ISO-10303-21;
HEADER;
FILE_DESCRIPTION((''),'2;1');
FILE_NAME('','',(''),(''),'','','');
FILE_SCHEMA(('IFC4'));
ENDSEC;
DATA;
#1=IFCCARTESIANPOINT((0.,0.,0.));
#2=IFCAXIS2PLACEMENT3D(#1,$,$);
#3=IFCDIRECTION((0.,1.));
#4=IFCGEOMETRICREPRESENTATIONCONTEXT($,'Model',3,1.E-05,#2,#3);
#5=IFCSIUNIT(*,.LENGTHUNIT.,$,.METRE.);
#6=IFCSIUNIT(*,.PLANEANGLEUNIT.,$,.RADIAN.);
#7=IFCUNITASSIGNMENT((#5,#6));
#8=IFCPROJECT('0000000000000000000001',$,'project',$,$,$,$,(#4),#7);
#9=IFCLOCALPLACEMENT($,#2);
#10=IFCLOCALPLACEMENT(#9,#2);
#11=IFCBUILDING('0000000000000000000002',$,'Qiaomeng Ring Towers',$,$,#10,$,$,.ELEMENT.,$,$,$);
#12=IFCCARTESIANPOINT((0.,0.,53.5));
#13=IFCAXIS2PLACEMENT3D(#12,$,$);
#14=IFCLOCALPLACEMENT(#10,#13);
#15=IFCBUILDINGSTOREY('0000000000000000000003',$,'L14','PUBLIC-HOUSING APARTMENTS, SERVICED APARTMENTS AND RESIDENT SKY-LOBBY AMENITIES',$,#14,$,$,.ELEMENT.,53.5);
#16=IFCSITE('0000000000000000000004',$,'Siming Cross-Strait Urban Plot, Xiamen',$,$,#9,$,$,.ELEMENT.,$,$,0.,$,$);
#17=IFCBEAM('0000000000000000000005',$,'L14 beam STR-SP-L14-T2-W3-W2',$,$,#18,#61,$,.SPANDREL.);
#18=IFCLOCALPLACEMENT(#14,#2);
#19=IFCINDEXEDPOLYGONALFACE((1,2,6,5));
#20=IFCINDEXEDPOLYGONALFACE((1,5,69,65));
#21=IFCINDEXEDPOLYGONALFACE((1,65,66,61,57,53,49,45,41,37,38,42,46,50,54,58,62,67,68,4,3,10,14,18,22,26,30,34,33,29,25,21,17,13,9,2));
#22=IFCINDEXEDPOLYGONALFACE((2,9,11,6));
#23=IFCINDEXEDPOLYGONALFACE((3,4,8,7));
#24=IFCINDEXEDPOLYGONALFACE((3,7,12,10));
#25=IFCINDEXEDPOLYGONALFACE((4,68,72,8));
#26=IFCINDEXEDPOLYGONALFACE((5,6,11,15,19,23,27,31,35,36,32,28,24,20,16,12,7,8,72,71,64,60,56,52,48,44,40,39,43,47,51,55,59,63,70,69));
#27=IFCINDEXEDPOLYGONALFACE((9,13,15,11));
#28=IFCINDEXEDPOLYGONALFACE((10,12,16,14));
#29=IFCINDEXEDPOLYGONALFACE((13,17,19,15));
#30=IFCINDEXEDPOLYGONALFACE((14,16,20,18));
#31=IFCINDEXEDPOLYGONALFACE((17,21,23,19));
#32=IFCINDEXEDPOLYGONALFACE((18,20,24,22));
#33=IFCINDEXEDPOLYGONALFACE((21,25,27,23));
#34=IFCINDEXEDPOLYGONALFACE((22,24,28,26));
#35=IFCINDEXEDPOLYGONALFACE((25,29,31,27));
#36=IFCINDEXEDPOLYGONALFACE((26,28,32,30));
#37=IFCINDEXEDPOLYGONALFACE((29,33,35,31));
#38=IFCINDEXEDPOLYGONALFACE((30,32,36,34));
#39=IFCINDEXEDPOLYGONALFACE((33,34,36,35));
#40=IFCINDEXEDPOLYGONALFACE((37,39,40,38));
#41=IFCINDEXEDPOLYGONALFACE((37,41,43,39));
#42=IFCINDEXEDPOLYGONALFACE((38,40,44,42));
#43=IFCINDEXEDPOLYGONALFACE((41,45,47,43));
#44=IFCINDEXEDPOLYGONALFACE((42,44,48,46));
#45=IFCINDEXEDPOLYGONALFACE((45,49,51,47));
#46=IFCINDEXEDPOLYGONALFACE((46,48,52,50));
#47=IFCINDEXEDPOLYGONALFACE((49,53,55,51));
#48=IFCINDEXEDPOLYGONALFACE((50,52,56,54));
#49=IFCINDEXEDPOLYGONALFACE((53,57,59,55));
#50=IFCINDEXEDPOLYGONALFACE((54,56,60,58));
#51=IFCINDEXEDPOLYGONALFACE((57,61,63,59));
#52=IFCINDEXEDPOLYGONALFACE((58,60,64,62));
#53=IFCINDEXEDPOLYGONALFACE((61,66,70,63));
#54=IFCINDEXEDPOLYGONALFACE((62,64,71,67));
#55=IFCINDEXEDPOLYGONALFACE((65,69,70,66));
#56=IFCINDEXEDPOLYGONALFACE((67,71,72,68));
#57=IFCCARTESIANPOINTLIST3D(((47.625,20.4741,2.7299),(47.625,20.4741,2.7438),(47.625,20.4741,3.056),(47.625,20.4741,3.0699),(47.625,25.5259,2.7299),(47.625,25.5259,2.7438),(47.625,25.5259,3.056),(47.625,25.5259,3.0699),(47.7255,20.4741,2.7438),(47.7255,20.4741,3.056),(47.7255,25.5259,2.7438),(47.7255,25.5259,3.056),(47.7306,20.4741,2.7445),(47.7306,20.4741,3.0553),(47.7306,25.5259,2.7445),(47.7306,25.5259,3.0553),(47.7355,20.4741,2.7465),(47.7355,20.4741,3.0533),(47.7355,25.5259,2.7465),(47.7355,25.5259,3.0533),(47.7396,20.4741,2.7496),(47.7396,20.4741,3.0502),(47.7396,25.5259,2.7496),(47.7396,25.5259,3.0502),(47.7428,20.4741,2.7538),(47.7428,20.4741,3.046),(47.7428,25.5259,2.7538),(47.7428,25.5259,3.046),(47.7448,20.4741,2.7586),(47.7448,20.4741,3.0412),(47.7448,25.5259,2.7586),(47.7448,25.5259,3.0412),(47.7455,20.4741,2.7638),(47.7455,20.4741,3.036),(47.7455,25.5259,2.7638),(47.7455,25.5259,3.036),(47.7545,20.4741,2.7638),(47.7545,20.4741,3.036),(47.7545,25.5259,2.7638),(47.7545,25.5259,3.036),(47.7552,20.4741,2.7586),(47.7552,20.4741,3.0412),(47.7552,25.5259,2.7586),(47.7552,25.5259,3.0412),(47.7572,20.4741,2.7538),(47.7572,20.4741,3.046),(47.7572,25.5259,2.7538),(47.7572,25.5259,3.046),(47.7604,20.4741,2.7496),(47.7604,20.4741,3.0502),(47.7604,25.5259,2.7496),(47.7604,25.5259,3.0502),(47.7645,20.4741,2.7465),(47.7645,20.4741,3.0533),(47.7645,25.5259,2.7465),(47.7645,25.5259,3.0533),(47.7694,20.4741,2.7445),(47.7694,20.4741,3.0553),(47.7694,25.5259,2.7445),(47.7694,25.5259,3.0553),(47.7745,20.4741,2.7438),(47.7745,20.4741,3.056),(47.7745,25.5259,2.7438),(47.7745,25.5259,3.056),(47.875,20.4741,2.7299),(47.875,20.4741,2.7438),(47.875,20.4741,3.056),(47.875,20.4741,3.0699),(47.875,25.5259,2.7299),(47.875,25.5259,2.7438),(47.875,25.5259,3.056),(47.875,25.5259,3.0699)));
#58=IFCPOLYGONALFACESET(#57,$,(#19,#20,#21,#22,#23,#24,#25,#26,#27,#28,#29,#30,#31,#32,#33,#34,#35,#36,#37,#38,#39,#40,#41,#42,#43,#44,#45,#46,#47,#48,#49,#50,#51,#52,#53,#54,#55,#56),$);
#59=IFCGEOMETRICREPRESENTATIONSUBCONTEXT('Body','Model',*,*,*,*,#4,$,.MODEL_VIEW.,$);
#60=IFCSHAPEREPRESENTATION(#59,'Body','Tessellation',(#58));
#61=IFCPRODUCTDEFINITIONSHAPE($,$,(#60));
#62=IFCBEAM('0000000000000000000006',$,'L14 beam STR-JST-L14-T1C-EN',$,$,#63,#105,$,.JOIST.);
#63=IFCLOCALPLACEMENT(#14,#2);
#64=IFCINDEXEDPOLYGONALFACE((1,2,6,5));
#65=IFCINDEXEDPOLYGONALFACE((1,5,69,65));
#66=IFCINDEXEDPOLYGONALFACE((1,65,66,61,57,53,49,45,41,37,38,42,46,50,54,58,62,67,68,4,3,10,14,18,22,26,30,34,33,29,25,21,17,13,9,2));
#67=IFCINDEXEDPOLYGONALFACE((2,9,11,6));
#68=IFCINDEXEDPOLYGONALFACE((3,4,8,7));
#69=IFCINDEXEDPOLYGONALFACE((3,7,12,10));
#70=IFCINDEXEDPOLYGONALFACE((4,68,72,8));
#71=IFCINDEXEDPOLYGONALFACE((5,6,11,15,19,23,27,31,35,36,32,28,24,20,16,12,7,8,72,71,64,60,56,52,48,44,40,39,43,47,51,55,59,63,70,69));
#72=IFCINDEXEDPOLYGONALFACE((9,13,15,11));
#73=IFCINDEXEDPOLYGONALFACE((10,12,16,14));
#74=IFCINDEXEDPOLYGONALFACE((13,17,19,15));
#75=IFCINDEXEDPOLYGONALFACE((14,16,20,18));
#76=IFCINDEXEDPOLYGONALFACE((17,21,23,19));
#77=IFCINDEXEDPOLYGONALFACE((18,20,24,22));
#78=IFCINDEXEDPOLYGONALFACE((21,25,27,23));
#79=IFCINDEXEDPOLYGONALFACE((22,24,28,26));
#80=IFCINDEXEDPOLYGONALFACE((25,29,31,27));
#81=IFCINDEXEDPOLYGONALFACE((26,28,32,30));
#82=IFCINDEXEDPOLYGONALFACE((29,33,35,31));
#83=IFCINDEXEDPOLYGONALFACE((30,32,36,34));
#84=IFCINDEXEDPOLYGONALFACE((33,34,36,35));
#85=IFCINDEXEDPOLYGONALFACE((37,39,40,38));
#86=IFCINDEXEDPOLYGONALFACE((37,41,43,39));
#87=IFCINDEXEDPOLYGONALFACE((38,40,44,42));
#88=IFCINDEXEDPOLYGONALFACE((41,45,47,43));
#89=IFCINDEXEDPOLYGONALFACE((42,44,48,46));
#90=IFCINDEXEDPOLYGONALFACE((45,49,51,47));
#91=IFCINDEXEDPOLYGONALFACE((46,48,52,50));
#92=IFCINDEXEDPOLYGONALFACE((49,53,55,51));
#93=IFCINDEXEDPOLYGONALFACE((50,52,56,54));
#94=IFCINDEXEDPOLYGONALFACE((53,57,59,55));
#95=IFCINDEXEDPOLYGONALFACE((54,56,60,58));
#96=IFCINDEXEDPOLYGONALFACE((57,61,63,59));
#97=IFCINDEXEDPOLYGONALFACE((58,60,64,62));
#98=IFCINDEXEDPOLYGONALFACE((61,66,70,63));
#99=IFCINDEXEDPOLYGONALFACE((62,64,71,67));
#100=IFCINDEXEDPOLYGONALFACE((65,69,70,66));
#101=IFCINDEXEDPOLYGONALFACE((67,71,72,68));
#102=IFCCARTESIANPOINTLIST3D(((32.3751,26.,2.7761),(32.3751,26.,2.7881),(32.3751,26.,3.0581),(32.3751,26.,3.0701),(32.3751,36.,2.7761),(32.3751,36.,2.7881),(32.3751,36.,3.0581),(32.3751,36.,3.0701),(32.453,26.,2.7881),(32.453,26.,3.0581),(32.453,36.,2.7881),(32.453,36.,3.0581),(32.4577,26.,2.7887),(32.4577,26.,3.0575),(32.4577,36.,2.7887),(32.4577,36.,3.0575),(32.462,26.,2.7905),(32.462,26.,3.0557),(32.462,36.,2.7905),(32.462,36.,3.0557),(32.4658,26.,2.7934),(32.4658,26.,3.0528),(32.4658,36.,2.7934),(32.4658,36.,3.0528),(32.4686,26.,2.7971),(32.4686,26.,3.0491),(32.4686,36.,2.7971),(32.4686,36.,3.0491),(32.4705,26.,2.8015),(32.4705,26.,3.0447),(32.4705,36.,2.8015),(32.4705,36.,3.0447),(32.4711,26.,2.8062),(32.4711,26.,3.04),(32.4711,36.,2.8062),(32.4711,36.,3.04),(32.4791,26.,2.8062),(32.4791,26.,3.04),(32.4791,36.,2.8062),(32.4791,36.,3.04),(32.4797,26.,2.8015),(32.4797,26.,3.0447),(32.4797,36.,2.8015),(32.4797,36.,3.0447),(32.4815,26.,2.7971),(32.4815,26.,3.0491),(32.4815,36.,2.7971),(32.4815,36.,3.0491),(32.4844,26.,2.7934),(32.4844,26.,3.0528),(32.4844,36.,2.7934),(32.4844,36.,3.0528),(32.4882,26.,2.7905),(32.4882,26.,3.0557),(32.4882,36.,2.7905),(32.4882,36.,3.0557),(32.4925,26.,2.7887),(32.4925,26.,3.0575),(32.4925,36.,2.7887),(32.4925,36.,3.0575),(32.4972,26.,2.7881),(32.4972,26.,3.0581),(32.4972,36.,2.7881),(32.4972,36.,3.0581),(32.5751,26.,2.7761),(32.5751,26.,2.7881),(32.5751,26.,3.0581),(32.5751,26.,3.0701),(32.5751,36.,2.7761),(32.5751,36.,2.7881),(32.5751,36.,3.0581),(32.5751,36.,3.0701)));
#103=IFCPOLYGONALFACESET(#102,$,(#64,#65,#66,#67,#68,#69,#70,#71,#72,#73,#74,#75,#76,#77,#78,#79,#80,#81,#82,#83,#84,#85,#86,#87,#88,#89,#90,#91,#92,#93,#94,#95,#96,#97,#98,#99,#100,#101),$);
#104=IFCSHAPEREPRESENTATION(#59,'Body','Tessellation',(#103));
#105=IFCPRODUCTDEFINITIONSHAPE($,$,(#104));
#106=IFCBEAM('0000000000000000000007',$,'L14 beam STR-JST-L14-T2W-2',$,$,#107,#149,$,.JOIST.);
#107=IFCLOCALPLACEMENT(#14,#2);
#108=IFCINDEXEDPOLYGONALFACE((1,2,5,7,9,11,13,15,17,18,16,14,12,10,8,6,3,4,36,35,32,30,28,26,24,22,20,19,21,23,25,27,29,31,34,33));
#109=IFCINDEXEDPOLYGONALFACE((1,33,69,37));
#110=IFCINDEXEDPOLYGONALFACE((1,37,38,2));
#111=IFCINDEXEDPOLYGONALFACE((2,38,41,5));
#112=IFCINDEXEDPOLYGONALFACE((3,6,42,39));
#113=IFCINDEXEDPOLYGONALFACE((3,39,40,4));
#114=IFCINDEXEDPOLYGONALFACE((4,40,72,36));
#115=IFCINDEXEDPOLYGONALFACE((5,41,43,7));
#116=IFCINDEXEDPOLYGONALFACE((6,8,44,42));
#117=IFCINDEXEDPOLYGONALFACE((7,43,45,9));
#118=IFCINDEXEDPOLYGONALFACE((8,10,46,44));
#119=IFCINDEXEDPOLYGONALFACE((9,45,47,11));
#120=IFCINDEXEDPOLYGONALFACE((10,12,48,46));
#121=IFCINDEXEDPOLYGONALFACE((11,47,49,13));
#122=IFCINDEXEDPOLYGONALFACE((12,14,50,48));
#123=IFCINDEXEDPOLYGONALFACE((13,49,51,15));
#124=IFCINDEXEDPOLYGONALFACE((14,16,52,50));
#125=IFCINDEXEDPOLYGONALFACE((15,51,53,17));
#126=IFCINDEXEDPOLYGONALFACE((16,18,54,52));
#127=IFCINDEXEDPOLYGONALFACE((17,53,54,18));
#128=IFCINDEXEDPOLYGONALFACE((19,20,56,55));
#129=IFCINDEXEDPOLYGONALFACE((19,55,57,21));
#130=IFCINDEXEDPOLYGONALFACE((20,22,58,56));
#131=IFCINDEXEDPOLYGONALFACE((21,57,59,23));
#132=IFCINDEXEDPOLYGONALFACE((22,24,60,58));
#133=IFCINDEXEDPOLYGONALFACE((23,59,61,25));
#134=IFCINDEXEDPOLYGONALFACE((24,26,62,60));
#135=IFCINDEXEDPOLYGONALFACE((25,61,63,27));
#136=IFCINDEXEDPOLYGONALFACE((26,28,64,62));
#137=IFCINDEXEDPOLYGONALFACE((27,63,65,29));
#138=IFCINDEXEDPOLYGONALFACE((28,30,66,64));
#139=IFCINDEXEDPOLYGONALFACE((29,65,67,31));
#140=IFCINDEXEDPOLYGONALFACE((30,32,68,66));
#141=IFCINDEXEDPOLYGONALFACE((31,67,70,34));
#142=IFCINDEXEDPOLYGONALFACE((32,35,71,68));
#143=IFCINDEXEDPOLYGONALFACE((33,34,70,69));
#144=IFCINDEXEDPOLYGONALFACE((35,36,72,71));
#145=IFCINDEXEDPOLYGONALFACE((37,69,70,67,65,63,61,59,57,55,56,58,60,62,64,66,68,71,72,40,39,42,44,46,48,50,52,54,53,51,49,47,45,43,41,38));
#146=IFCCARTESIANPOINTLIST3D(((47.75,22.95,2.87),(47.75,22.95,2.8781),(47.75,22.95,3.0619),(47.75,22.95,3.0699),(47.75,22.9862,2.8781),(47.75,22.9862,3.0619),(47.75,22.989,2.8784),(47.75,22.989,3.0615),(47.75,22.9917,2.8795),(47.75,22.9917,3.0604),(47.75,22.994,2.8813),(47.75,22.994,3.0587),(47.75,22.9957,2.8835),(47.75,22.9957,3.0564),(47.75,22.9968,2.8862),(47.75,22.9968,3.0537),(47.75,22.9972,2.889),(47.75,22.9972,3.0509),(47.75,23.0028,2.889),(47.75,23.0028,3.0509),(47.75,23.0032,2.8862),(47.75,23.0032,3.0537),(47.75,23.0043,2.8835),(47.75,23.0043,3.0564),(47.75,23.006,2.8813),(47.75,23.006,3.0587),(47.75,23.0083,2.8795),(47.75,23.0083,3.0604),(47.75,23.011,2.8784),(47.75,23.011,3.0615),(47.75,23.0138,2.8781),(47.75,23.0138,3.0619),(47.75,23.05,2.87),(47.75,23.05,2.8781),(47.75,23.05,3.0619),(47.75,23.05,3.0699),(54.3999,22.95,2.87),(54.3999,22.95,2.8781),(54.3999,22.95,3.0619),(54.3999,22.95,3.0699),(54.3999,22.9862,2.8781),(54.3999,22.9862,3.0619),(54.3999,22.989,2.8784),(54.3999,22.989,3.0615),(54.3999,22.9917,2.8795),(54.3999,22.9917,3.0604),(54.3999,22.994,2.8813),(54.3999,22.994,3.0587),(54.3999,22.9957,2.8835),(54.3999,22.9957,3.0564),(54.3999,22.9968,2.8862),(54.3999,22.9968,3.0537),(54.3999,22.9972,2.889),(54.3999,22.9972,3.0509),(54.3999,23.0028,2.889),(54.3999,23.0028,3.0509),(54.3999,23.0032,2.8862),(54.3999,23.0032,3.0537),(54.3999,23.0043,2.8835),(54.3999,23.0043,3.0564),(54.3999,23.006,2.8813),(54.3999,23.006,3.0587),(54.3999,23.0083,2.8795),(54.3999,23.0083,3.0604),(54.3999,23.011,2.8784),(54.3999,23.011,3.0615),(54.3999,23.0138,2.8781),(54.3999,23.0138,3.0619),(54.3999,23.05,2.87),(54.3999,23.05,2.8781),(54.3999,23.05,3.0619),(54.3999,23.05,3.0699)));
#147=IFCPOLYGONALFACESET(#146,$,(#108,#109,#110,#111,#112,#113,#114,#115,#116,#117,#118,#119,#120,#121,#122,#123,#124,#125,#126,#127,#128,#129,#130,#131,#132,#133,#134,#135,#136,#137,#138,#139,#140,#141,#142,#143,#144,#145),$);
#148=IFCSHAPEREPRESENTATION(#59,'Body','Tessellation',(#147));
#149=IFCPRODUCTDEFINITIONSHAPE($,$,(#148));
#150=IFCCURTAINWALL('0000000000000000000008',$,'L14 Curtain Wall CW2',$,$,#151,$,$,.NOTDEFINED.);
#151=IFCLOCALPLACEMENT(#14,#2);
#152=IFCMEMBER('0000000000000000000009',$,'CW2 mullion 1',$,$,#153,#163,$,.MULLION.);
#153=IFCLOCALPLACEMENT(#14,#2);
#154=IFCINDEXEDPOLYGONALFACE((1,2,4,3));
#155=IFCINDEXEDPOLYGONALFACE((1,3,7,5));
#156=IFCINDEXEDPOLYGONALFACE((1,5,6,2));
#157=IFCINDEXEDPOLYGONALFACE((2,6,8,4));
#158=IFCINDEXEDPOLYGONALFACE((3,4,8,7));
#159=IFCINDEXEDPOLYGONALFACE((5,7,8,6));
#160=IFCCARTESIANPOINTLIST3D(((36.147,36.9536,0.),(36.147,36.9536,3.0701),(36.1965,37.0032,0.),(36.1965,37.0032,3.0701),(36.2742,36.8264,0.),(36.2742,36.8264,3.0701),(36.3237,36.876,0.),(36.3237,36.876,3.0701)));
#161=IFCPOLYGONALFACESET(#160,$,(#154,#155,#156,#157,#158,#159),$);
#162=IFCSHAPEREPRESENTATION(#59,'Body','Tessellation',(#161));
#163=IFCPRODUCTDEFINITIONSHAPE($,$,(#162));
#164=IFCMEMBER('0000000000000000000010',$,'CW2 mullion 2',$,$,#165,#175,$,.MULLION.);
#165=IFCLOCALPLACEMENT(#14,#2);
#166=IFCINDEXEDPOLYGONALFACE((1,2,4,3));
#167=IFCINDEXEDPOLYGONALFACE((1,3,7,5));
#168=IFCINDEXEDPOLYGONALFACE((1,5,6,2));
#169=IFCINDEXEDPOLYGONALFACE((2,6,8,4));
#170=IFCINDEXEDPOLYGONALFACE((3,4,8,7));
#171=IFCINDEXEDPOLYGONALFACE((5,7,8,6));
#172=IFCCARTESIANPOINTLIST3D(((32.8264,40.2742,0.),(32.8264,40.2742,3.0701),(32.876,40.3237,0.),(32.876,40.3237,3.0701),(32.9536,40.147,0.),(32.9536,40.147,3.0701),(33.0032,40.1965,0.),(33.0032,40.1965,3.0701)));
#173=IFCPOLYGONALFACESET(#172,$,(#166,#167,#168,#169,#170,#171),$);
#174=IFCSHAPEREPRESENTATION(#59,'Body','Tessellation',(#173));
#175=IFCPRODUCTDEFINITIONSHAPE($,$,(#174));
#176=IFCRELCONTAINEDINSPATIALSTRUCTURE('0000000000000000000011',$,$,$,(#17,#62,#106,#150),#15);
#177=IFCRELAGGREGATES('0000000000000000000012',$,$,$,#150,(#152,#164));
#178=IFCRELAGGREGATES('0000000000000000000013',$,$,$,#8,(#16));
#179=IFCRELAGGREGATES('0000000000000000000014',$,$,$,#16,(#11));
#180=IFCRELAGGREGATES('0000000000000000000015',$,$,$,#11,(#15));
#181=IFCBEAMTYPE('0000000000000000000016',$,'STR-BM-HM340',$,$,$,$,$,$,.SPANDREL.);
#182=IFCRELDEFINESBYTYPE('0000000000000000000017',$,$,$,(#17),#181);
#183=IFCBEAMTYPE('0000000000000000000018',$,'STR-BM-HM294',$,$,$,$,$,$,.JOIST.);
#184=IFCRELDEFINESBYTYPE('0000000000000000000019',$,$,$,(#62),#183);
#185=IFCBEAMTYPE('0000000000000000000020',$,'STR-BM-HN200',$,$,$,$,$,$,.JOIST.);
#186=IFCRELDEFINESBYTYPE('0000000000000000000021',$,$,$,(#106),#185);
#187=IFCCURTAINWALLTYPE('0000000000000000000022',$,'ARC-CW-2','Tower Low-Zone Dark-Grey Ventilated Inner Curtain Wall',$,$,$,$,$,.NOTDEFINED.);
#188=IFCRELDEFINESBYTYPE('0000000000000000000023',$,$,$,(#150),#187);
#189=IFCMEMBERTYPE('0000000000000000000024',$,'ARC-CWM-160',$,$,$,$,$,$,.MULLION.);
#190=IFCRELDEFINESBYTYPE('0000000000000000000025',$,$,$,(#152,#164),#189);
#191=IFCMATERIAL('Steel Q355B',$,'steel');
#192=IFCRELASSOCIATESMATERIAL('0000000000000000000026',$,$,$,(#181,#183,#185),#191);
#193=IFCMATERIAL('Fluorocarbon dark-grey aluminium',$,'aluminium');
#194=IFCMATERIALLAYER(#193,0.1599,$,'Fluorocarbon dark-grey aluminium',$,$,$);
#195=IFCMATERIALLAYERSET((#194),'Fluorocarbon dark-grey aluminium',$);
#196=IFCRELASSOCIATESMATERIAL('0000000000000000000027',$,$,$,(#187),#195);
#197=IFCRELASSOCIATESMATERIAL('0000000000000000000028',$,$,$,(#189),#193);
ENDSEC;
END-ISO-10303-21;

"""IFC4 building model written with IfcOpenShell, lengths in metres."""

from ifc_helpers import new_model, si_unit, direction, frame, origin, origin_2d, place, context, subcontext, project, spatial, rectangle, i_section, extrude, source, transform, mapped, material, layer, layer_set, material_profile, profile_set, type_object, element, aggregate, save


model = new_model("IFC4")

# Units and contexts
model_context = context("Model", 3, precision=1e-05, world=origin(), true_north=direction((0.0, 1.0)))
body_context = subcontext(model_context, "Body", "Model", "MODEL_VIEW")
ifc_project = project(units=[si_unit("LENGTHUNIT", "METRE"), si_unit("PLANEANGLEUNIT", "RADIAN")], contexts=[model_context])

# Site, building, storey
site_placement = place(None, origin())
site = spatial("IfcSite", under=ifc_project, at=site_placement, Name="Siming Cross-Strait Urban Plot, Xiamen", CompositionType="ELEMENT", RefElevation=0.0)
building_placement = place(site_placement, origin())
building = spatial("IfcBuilding", under=site, at=building_placement, Name="Qiaomeng Ring Towers", CompositionType="ELEMENT")
storey_placement = place(building_placement, frame((0.0, 0.0, 53.5)))
storey = spatial("IfcBuildingStorey", under=building, at=storey_placement, Name="L14", Description="PUBLIC-HOUSING APARTMENTS, SERVICED APARTMENTS AND RESIDENT SKY-LOBBY AMENITIES", CompositionType="ELEMENT", Elevation=53.5)

# Beams
ifc_material_1 = material(Name="Steel Q355B", Category="steel")
ifc_material_profile_1 = material_profile(ifc_material_1, i_section(OverallWidth=0.25, OverallDepth=0.3401, WebThickness=0.009, FlangeThickness=0.0139, FilletRadius=0.02, at=origin_2d()), Name="HM 340x250x9x14")
ifc_profile_set_1 = profile_set([ifc_material_profile_1], Name="Steel Q355B")
beam_type_1 = type_object("IfcBeamType", Name="STR-BM-HM340", PredefinedType="SPANDREL", material=ifc_profile_set_1)
shared_shape_1 = source(origin(), body_context, "Body", "SweptSolid", [
    extrude(i_section(OverallWidth=0.25, OverallDepth=0.3401, WebThickness=0.009, FlangeThickness=0.0139, FilletRadius=0.02, at=origin_2d()), origin(), (0.0, 0.0, 1.0), 5.0518),
])
beam_1_placement = place(storey_placement, frame((47.75, 25.5259, 2.8999), z_axis=(0.0, -1.0, 0.0), x_axis=(1.0, 0.0, 0.0)))
element("IfcBeam", 1, at=beam_1_placement, inside=storey, type_object=beam_type_1, Name="L14 beam STR-SP-L14-T2-W3-W2", PredefinedType="SPANDREL", context=body_context, shape_type="MappedRepresentation", body=[
    mapped(shared_shape_1, transform((0.0, 0.0, 0.0), x_axis=(1.0, 0.0, 0.0), y_axis=(0.0, 1.0, 0.0), z_axis=(0.0, 0.0, 1.0), scale=1.0)),
])
ifc_material_profile_2 = material_profile(ifc_material_1, i_section(OverallWidth=0.2, OverallDepth=0.2939, WebThickness=0.0081, FlangeThickness=0.012, FilletRadius=0.0181, at=origin_2d()), Name="HM 294x200x8x12")
ifc_profile_set_2 = profile_set([ifc_material_profile_2], Name="Steel Q355B")
beam_type_2 = type_object("IfcBeamType", Name="STR-BM-HM294", PredefinedType="JOIST", material=ifc_profile_set_2)
shared_shape_2 = source(origin(), body_context, "Body", "SweptSolid", [
    extrude(i_section(OverallWidth=0.2, OverallDepth=0.2939, WebThickness=0.0081, FlangeThickness=0.012, FilletRadius=0.0181, at=origin_2d()), origin(), (0.0, 0.0, 1.0), 10.0),
])
beam_2_placement = place(storey_placement, frame((32.4751, 26.0, 2.9231), z_axis=(0.0, 1.0, 0.0), x_axis=(-1.0, 0.0, 0.0)))
element("IfcBeam", 2, at=beam_2_placement, inside=storey, type_object=beam_type_2, Name="L14 beam STR-JST-L14-T1C-EN", PredefinedType="JOIST", context=body_context, shape_type="MappedRepresentation", body=[
    mapped(shared_shape_2, transform((0.0, 0.0, 0.0), x_axis=(1.0, 0.0, 0.0), y_axis=(0.0, 1.0, 0.0), z_axis=(0.0, 0.0, 1.0), scale=1.0)),
])
ifc_material_profile_3 = material_profile(ifc_material_1, i_section(OverallWidth=0.1001, OverallDepth=0.2, WebThickness=0.0056, FlangeThickness=0.0081, FilletRadius=0.011, at=origin_2d()), Name="HN 200x100x5.5x8")
ifc_profile_set_3 = profile_set([ifc_material_profile_3], Name="Steel Q355B")
beam_type_3 = type_object("IfcBeamType", Name="STR-BM-HN200", PredefinedType="JOIST", material=ifc_profile_set_3)
shared_shape_3 = source(origin(), body_context, "Body", "SweptSolid", [
    extrude(i_section(OverallWidth=0.1001, OverallDepth=0.2, WebThickness=0.0056, FlangeThickness=0.0081, FilletRadius=0.011, at=origin_2d()), origin(), (0.0, 0.0, 1.0), 6.6499),
])
beam_3_placement = place(storey_placement, frame((47.75, 23.0, 2.97), z_axis=(1.0, 0.0, 0.0), x_axis=(0.0, 1.0, 0.0)))
element("IfcBeam", 3, at=beam_3_placement, inside=storey, type_object=beam_type_3, Name="L14 beam STR-JST-L14-T2W-2", PredefinedType="JOIST", context=body_context, shape_type="MappedRepresentation", body=[
    mapped(shared_shape_3, transform((0.0, 0.0, 0.0), x_axis=(1.0, 0.0, 0.0), y_axis=(0.0, 1.0, 0.0), z_axis=(0.0, 0.0, 1.0), scale=1.0)),
])

# Curtain wall, members
ifc_material_2 = material(Name="Fluorocarbon dark-grey aluminium", Category="aluminium")
ifc_layer_1 = layer(ifc_material_2, 0.1599, Name="Fluorocarbon dark-grey aluminium")
ifc_layer_set_1 = layer_set([ifc_layer_1], Name="Fluorocarbon dark-grey aluminium")
curtain_wall_type = type_object("IfcCurtainWallType", Name="ARC-CW-2", Description="Tower Low-Zone Dark-Grey Ventilated Inner Curtain Wall", PredefinedType="NOTDEFINED", material=ifc_layer_set_1)
curtain_wall_placement = place(storey_placement, origin())
curtain_wall = element("IfcCurtainWall", 4, at=curtain_wall_placement, inside=storey, type_object=curtain_wall_type, Name="L14 Curtain Wall CW2", PredefinedType="NOTDEFINED")
ifc_material_profile_4 = material_profile(ifc_material_2, rectangle(XDim=0.0701, YDim=0.1799, at=origin_2d()), Name="ALU MULL 70x180")
ifc_profile_set_4 = profile_set([ifc_material_profile_4], Name="Fluorocarbon dark-grey aluminium")
member_type_1 = type_object("IfcMemberType", Name="ARC-CWM-160", PredefinedType="MULLION", material=ifc_profile_set_4)
shared_shape_4 = source(origin(), body_context, "Body", "SweptSolid", [
    extrude(rectangle(XDim=0.0701, YDim=0.1799, at=origin_2d()), origin(), (0.0, 0.0, 1.0), 3.0701),
])
member_1_placement = place(storey_placement, frame((36.2354, 36.9148, 0.0), z_axis=(0.0, 0.0, 1.0), x_axis=(-0.707107, -0.707107, 0.0)))
member_1 = element("IfcMember", 5, at=member_1_placement, type_object=member_type_1, Name="CW2 mullion 1", PredefinedType="MULLION", context=body_context, shape_type="MappedRepresentation", body=[
    mapped(shared_shape_4, transform((0.0, 0.0, 0.0), x_axis=(1.0, 0.0, 0.0), y_axis=(0.0, 1.0, 0.0), z_axis=(0.0, 0.0, 1.0), scale=1.0)),
])
member_2_placement = place(storey_placement, frame((32.9148, 40.2354, 0.0), z_axis=(0.0, 0.0, 1.0), x_axis=(-0.707107, -0.707107, 0.0)))
member_2 = element("IfcMember", 6, at=member_2_placement, type_object=member_type_1, Name="CW2 mullion 2", PredefinedType="MULLION", context=body_context, shape_type="MappedRepresentation", body=[
    mapped(shared_shape_4, transform((0.0, 0.0, 0.0), x_axis=(1.0, 0.0, 0.0), y_axis=(0.0, 1.0, 0.0), z_axis=(0.0, 0.0, 1.0), scale=1.0)),
])
aggregate(curtain_wall, [member_1, member_2])

save(model, "model.ifc")
